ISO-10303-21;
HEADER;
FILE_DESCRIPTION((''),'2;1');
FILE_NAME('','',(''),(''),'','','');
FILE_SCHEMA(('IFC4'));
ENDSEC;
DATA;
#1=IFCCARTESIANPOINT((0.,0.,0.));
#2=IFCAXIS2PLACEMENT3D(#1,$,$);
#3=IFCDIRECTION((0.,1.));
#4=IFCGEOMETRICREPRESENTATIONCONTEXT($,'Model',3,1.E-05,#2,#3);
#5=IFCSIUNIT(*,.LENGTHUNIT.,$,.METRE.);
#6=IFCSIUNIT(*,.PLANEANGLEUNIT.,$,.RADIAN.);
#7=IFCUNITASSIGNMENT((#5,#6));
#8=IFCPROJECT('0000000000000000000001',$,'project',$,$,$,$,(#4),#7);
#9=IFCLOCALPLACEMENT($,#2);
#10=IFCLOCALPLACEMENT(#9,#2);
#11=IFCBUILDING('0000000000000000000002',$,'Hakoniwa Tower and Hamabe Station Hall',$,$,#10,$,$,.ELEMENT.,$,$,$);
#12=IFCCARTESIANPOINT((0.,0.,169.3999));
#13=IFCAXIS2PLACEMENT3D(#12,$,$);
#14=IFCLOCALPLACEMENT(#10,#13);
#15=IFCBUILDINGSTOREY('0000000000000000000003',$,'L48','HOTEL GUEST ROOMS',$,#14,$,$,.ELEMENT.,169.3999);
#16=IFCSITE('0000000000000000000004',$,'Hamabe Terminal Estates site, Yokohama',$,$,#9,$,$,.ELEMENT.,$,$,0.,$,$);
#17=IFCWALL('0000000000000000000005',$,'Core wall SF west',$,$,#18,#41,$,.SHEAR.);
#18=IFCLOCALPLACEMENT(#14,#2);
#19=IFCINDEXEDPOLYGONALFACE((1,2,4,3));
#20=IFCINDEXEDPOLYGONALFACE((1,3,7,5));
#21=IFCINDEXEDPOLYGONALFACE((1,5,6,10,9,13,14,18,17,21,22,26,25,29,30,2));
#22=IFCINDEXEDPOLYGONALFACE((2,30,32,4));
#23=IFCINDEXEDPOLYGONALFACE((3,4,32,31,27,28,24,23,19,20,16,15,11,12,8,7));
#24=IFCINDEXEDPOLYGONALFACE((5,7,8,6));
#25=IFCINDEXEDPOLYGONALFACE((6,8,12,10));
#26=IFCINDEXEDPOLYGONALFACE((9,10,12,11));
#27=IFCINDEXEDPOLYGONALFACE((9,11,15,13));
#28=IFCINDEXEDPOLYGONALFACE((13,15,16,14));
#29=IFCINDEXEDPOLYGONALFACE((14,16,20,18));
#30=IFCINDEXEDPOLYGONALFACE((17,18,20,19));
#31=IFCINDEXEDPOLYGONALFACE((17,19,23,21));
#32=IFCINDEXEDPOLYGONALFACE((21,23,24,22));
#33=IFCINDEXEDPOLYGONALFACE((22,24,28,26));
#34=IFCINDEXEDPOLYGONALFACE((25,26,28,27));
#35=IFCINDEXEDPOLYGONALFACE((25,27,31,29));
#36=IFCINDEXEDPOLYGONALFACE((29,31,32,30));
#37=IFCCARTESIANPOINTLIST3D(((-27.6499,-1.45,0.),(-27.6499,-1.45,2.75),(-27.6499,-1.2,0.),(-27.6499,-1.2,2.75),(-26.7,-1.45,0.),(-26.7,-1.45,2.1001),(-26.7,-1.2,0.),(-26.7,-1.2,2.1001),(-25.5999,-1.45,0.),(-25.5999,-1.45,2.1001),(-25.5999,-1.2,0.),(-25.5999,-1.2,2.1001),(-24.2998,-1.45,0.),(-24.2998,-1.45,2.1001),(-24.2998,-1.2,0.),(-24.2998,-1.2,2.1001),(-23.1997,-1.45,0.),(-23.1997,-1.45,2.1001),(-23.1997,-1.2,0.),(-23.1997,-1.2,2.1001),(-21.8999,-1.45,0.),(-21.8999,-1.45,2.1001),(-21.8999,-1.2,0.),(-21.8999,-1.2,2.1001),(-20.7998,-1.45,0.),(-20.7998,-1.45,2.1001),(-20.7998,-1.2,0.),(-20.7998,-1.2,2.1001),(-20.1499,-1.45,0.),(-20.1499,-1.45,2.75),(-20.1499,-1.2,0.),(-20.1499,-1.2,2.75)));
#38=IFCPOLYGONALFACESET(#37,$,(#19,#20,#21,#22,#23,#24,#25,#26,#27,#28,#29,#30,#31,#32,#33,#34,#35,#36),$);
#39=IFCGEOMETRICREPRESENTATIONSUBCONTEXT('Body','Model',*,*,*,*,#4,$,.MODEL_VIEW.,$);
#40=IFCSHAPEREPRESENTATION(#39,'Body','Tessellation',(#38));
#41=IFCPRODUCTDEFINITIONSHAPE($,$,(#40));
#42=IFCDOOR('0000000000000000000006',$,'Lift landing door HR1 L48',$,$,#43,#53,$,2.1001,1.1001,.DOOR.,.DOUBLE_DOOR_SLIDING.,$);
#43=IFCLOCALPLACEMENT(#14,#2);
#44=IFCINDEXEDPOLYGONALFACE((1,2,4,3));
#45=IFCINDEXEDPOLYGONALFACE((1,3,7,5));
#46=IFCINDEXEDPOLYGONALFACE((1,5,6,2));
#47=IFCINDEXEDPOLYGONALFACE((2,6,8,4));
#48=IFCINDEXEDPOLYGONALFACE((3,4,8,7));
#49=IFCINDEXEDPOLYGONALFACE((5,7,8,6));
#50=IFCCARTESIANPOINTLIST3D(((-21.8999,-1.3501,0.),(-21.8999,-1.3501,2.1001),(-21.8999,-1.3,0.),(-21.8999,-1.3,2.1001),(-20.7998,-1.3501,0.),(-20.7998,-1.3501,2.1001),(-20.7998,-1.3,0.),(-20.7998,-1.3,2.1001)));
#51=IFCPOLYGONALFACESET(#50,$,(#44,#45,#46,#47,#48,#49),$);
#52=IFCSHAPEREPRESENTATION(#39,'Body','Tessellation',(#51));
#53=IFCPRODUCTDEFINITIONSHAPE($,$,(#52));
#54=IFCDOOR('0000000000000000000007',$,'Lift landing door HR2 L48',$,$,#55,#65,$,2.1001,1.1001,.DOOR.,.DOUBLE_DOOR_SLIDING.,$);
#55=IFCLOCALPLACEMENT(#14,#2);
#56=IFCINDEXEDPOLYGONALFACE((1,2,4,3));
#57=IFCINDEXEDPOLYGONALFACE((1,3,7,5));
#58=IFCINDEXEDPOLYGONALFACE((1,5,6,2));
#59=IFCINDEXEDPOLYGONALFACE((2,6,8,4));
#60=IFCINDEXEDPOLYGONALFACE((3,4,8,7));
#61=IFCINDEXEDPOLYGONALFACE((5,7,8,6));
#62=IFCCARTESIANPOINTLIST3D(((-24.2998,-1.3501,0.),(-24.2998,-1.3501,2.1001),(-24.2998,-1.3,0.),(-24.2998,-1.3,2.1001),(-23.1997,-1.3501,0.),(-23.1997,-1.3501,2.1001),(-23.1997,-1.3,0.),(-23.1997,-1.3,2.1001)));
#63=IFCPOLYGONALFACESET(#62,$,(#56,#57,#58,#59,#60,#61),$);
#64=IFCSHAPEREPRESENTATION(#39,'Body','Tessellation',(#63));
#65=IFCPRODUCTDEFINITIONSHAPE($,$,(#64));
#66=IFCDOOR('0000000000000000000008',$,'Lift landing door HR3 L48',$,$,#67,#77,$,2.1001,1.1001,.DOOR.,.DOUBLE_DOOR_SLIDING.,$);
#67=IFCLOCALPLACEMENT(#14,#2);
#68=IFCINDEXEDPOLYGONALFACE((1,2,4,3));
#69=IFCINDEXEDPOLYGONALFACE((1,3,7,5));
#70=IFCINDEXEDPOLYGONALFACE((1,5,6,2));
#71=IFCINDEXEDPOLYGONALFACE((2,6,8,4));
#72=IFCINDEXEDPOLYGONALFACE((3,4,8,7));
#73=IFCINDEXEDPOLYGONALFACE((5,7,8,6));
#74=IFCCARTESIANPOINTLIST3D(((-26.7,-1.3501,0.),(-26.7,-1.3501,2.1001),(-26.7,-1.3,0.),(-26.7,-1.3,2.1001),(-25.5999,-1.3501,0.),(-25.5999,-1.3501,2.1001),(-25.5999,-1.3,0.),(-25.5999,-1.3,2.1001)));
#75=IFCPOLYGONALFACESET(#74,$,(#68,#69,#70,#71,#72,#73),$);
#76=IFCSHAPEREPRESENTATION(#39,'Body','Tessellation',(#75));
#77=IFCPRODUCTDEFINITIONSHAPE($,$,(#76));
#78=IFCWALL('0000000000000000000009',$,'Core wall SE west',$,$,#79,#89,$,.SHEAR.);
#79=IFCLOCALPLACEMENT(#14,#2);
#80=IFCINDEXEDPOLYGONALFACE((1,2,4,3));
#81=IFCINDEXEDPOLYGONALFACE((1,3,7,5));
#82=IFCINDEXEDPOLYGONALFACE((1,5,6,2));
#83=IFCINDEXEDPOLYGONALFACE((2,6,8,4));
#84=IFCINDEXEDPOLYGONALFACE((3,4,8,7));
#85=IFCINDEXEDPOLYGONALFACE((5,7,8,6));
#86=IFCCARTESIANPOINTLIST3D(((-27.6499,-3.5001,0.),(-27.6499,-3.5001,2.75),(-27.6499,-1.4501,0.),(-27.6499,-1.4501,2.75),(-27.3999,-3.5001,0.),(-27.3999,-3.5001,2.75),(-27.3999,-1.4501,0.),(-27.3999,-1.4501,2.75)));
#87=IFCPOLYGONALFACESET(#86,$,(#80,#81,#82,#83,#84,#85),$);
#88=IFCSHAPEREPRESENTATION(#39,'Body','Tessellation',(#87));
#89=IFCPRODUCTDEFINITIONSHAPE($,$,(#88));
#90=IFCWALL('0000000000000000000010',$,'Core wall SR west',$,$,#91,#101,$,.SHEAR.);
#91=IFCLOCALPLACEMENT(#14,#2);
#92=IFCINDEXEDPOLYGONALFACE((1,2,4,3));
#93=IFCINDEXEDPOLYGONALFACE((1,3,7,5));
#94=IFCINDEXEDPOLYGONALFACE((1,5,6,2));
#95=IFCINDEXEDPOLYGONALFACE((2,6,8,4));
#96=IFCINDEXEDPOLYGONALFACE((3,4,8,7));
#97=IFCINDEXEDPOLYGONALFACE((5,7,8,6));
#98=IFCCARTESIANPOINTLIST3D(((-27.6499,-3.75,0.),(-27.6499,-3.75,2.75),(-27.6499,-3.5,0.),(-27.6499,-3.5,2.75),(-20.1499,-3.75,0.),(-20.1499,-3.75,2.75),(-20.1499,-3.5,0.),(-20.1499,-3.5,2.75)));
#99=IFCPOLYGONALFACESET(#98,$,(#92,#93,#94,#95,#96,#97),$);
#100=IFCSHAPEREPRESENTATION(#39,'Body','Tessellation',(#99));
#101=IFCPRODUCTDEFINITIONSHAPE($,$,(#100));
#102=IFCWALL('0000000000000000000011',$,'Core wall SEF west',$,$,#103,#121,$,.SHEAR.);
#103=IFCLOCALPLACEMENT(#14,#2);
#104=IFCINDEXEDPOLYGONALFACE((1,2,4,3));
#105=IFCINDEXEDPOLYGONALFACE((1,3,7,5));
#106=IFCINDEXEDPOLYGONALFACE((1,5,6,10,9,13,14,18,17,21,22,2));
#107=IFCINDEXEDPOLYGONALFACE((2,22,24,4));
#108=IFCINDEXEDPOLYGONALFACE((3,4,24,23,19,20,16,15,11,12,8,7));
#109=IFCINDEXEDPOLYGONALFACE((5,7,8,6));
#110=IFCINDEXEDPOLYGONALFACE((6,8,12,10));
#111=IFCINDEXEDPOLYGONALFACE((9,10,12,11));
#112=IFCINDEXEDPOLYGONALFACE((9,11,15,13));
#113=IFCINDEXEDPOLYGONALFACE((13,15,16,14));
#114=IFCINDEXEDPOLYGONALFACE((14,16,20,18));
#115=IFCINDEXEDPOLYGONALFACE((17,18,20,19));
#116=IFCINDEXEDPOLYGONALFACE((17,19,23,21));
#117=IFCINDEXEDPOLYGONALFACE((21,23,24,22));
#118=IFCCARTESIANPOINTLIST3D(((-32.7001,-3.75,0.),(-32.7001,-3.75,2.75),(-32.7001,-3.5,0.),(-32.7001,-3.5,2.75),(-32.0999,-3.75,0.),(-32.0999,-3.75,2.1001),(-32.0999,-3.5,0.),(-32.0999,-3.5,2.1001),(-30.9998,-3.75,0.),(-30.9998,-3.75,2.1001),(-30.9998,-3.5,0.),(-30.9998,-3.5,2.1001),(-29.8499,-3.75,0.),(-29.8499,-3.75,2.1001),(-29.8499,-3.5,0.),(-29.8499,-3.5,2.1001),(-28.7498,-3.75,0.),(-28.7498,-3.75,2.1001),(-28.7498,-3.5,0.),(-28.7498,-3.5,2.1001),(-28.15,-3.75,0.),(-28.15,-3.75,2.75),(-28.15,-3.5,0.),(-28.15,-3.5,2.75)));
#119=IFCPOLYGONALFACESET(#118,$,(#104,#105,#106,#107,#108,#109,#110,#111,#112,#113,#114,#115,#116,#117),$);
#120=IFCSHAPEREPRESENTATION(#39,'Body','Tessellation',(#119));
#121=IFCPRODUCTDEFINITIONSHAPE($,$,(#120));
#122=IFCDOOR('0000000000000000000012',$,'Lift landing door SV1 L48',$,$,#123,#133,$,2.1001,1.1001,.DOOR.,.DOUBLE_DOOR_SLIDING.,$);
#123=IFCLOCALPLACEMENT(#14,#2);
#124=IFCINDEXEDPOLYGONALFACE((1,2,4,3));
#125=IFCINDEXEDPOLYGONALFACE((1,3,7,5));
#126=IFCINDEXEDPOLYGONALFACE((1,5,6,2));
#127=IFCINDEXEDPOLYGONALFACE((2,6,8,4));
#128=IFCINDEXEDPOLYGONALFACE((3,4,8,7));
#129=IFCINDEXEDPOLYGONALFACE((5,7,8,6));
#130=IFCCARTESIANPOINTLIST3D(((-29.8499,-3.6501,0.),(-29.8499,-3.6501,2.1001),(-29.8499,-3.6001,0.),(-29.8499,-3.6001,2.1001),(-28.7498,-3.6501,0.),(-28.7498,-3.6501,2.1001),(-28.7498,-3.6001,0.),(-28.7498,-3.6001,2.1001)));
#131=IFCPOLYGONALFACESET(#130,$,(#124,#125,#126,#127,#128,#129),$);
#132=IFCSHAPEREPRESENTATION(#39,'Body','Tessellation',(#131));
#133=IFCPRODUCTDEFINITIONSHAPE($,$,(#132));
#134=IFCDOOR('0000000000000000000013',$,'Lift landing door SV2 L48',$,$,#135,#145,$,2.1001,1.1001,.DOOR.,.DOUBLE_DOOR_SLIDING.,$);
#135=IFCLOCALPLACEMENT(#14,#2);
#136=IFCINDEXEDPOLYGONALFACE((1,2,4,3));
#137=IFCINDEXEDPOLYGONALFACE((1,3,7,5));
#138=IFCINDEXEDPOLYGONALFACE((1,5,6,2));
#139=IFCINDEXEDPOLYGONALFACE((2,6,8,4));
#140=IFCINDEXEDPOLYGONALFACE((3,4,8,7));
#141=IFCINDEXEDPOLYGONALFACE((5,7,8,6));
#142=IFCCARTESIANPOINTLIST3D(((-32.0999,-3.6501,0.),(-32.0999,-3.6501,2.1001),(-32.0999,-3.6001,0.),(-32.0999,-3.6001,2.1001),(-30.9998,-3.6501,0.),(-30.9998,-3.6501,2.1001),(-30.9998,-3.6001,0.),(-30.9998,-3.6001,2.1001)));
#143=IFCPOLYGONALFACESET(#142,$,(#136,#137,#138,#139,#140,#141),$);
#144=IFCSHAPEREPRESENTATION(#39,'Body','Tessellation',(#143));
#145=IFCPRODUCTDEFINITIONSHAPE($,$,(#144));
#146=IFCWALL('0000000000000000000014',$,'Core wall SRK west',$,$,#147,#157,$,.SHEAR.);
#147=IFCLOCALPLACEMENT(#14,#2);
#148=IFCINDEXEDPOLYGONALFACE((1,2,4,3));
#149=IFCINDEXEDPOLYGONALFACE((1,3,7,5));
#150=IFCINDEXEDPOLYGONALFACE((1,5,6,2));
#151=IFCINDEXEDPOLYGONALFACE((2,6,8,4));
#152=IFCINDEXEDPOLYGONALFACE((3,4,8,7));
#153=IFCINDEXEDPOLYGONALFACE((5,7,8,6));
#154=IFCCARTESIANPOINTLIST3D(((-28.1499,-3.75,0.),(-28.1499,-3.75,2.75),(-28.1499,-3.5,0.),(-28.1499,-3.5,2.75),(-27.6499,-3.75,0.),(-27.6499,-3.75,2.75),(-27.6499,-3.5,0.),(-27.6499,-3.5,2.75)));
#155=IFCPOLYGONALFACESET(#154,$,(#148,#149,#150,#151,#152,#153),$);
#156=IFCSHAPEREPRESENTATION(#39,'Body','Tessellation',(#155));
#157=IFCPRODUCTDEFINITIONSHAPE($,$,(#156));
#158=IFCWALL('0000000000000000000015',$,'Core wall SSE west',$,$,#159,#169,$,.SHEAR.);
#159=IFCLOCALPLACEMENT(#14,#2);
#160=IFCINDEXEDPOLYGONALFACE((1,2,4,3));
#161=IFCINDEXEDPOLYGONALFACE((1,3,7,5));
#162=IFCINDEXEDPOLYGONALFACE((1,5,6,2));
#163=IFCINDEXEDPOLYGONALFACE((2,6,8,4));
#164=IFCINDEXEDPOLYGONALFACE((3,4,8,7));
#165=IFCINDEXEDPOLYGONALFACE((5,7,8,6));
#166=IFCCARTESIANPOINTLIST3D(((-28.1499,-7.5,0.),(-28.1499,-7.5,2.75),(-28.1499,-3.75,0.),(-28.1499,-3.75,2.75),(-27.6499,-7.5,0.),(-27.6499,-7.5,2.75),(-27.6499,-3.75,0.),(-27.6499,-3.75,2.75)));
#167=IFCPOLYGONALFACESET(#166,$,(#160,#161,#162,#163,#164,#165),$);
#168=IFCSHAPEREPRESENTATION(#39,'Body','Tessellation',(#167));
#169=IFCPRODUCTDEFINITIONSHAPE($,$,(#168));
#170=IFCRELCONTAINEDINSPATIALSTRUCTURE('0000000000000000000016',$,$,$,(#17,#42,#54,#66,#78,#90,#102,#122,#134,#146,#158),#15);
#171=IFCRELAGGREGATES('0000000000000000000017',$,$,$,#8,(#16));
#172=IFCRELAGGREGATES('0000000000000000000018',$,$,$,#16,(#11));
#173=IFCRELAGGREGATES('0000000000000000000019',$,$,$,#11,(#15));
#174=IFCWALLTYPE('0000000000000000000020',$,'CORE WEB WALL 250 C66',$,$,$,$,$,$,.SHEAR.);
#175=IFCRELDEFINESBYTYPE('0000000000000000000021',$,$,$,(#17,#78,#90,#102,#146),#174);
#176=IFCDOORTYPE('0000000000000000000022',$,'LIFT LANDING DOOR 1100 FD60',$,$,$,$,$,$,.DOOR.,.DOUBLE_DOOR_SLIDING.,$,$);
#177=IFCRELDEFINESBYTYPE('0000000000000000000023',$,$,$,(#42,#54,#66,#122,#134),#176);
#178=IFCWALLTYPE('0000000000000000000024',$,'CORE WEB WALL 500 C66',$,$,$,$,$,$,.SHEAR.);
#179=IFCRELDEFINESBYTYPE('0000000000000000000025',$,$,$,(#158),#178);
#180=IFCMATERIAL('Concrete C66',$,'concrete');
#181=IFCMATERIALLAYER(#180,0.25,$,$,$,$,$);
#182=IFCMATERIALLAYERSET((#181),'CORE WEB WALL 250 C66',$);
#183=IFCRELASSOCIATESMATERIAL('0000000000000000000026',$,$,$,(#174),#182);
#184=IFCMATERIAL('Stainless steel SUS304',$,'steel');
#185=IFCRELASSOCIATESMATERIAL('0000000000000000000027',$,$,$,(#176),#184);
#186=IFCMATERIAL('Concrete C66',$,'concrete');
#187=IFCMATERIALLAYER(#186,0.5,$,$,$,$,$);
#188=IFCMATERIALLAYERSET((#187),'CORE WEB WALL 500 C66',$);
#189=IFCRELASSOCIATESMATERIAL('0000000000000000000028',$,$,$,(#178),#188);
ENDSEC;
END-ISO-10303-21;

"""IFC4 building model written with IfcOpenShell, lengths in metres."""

from ifc_helpers import new_model, si_unit, direction, frame, frame_2d, origin, place, context, subcontext, project, spatial, rectangle, extrude, material, layer, layer_set, type_object, element, fill, save


model = new_model("IFC4")

# Units and contexts
model_context = context("Model", 3, precision=1e-05, world=origin(), true_north=direction((0.0, 1.0)))
body_context = subcontext(model_context, "Body", "Model", "MODEL_VIEW")
ifc_project = project(units=[si_unit("LENGTHUNIT", "METRE"), si_unit("PLANEANGLEUNIT", "RADIAN")], contexts=[model_context])

# Site, building, storey
site_placement = place(None, origin())
site = spatial("IfcSite", under=ifc_project, at=site_placement, Name="Hamabe Terminal Estates site, Yokohama", CompositionType="ELEMENT", RefElevation=0.0)
building_placement = place(site_placement, origin())
building = spatial("IfcBuilding", under=site, at=building_placement, Name="Hakoniwa Tower and Hamabe Station Hall", CompositionType="ELEMENT")
storey_placement = place(building_placement, frame((0.0, 0.0, 169.3999)))
storey = spatial("IfcBuildingStorey", under=building, at=storey_placement, Name="L48", Description="HOTEL GUEST ROOMS", CompositionType="ELEMENT", Elevation=169.3999)

# Wall, openings, doors
ifc_material_1 = material(Name="Concrete C66", Category="concrete")
ifc_layer_1 = layer(ifc_material_1, 0.25)
ifc_layer_set_1 = layer_set([ifc_layer_1], Name="CORE WEB WALL 250 C66")
wall_type_1 = type_object("IfcWallType", Name="CORE WEB WALL 250 C66", PredefinedType="SHEAR", material=ifc_layer_set_1)
wall_1_placement = place(storey_placement, frame((-27.6499, -1.325, 0.0), z_axis=(0.0, 0.0, 1.0), x_axis=(1.0, 0.0, 0.0)))
wall_1 = element("IfcWall", 1, at=wall_1_placement, inside=storey, type_object=wall_type_1, Name="Core wall SF west", PredefinedType="SHEAR", context=body_context, shape_type="SweptSolid", body=[
    extrude(rectangle(XDim=7.5, YDim=0.25, at=frame_2d((3.75, 0.0))), origin(), (0.0, 0.0, 1.0), 2.75),
])
opening_1_placement = place(wall_1_placement, frame((5.75, 0.0, 0.0)))
opening_1 = element("IfcOpeningElement", 2, at=opening_1_placement, cuts=wall_1, PredefinedType="OPENING", context=body_context, shape_type="SweptSolid", body=[
    extrude(rectangle(XDim=1.1001, YDim=2.1001, at=frame_2d((0.55, 1.05))), frame((0.0, 0.135, 0.0), z_axis=(0.0, -1.0, 0.0), x_axis=(1.0, 0.0, 0.0)), (0.0, 0.0, 1.0), 0.27),
])
opening_2_placement = place(wall_1_placement, frame((3.3501, 0.0, 0.0)))
opening_2 = element("IfcOpeningElement", 3, at=opening_2_placement, cuts=wall_1, PredefinedType="OPENING", context=body_context, shape_type="SweptSolid", body=[
    extrude(rectangle(XDim=1.1001, YDim=2.1001, at=frame_2d((0.55, 1.05))), frame((0.0, 0.135, 0.0), z_axis=(0.0, -1.0, 0.0), x_axis=(1.0, 0.0, 0.0)), (0.0, 0.0, 1.0), 0.27),
])
opening_3_placement = place(wall_1_placement, frame((0.95, 0.0, 0.0)))
opening_3 = element("IfcOpeningElement", 4, at=opening_3_placement, cuts=wall_1, PredefinedType="OPENING", context=body_context, shape_type="SweptSolid", body=[
    extrude(rectangle(XDim=1.1001, YDim=2.1001, at=frame_2d((0.55, 1.05))), frame((0.0, 0.135, 0.0), z_axis=(0.0, -1.0, 0.0), x_axis=(1.0, 0.0, 0.0)), (0.0, 0.0, 1.0), 0.27),
])
ifc_material_2 = material(Name="Stainless steel SUS304", Category="steel")
door_type_1 = type_object("IfcDoorType", Name="LIFT LANDING DOOR 1100 FD60", OperationType="DOUBLE_DOOR_SLIDING", PredefinedType="DOOR", material=ifc_material_2)
door_1_placement = place(opening_1_placement, origin())
door_1 = element("IfcDoor", 5, at=door_1_placement, inside=storey, type_object=door_type_1, Name="Lift landing door HR1 L48", OperationType="DOUBLE_DOOR_SLIDING", OverallHeight=2.1001, OverallWidth=1.1001, PredefinedType="DOOR", context=body_context, shape_type="SweptSolid", body=[
    extrude(rectangle(XDim=1.1001, YDim=2.1001, at=frame_2d((0.55, 1.05))), frame((0.0, 0.0249, 0.0), z_axis=(0.0, -1.0, 0.0), x_axis=(1.0, 0.0, 0.0)), (0.0, 0.0, 1.0), 0.05),
])
fill(opening_1, door_1)
door_2_placement = place(opening_2_placement, origin())
door_2 = element("IfcDoor", 6, at=door_2_placement, inside=storey, type_object=door_type_1, Name="Lift landing door HR2 L48", OperationType="DOUBLE_DOOR_SLIDING", OverallHeight=2.1001, OverallWidth=1.1001, PredefinedType="DOOR", context=body_context, shape_type="SweptSolid", body=[
    extrude(rectangle(XDim=1.1001, YDim=2.1001, at=frame_2d((0.55, 1.05))), frame((0.0, 0.0249, 0.0), z_axis=(0.0, -1.0, 0.0), x_axis=(1.0, 0.0, 0.0)), (0.0, 0.0, 1.0), 0.05),
])
fill(opening_2, door_2)
door_3_placement = place(opening_3_placement, origin())
door_3 = element("IfcDoor", 7, at=door_3_placement, inside=storey, type_object=door_type_1, Name="Lift landing door HR3 L48", OperationType="DOUBLE_DOOR_SLIDING", OverallHeight=2.1001, OverallWidth=1.1001, PredefinedType="DOOR", context=body_context, shape_type="SweptSolid", body=[
    extrude(rectangle(XDim=1.1001, YDim=2.1001, at=frame_2d((0.55, 1.05))), frame((0.0, 0.0249, 0.0), z_axis=(0.0, -1.0, 0.0), x_axis=(1.0, 0.0, 0.0)), (0.0, 0.0, 1.0), 0.05),
])
fill(opening_3, door_3)

# Walls
wall_2_placement = place(storey_placement, frame((-27.5249, -3.5, 0.0), z_axis=(0.0, 0.0, 1.0), x_axis=(0.0, 1.0, 0.0)))
element("IfcWall", 8, at=wall_2_placement, inside=storey, type_object=wall_type_1, Name="Core wall SE west", PredefinedType="SHEAR", context=body_context, shape_type="SweptSolid", body=[
    extrude(rectangle(XDim=2.05, YDim=0.25, at=frame_2d((1.0249, 0.0))), origin(), (0.0, 0.0, 1.0), 2.75),
])
wall_3_placement = place(storey_placement, frame((-27.6499, -3.625, 0.0), z_axis=(0.0, 0.0, 1.0), x_axis=(1.0, 0.0, 0.0)))
element("IfcWall", 9, at=wall_3_placement, inside=storey, type_object=wall_type_1, Name="Core wall SR west", PredefinedType="SHEAR", context=body_context, shape_type="SweptSolid", body=[
    extrude(rectangle(XDim=7.5, YDim=0.25, at=frame_2d((3.75, 0.0))), origin(), (0.0, 0.0, 1.0), 2.75),
])

# Wall, openings, doors
wall_4_placement = place(storey_placement, frame((-32.7, -3.625, 0.0), z_axis=(0.0, 0.0, 1.0), x_axis=(1.0, 0.0, 0.0)))
wall_4 = element("IfcWall", 10, at=wall_4_placement, inside=storey, type_object=wall_type_1, Name="Core wall SEF west", PredefinedType="SHEAR", context=body_context, shape_type="SweptSolid", body=[
    extrude(rectangle(XDim=4.55, YDim=0.25, at=frame_2d((2.2749, 0.0))), origin(), (0.0, 0.0, 1.0), 2.75),
])
opening_4_placement = place(wall_4_placement, frame((2.8501, 0.0, 0.0)))
opening_4 = element("IfcOpeningElement", 11, at=opening_4_placement, cuts=wall_4, PredefinedType="OPENING", context=body_context, shape_type="SweptSolid", body=[
    extrude(rectangle(XDim=1.1001, YDim=2.1001, at=frame_2d((0.55, 1.05))), frame((0.0, 0.135, 0.0), z_axis=(0.0, -1.0, 0.0), x_axis=(1.0, 0.0, 0.0)), (0.0, 0.0, 1.0), 0.27),
])
opening_5_placement = place(wall_4_placement, frame((0.6001, 0.0, 0.0)))
opening_5 = element("IfcOpeningElement", 12, at=opening_5_placement, cuts=wall_4, PredefinedType="OPENING", context=body_context, shape_type="SweptSolid", body=[
    extrude(rectangle(XDim=1.1001, YDim=2.1001, at=frame_2d((0.55, 1.05))), frame((0.0, 0.135, 0.0), z_axis=(0.0, -1.0, 0.0), x_axis=(1.0, 0.0, 0.0)), (0.0, 0.0, 1.0), 0.27),
])
door_4_placement = place(opening_4_placement, origin())
door_4 = element("IfcDoor", 13, at=door_4_placement, inside=storey, type_object=door_type_1, Name="Lift landing door SV1 L48", OperationType="DOUBLE_DOOR_SLIDING", OverallHeight=2.1001, OverallWidth=1.1001, PredefinedType="DOOR", context=body_context, shape_type="SweptSolid", body=[
    extrude(rectangle(XDim=1.1001, YDim=2.1001, at=frame_2d((0.55, 1.05))), frame((0.0, 0.0249, 0.0), z_axis=(0.0, -1.0, 0.0), x_axis=(1.0, 0.0, 0.0)), (0.0, 0.0, 1.0), 0.05),
])
fill(opening_4, door_4)
door_5_placement = place(opening_5_placement, origin())
door_5 = element("IfcDoor", 14, at=door_5_placement, inside=storey, type_object=door_type_1, Name="Lift landing door SV2 L48", OperationType="DOUBLE_DOOR_SLIDING", OverallHeight=2.1001, OverallWidth=1.1001, PredefinedType="DOOR", context=body_context, shape_type="SweptSolid", body=[
    extrude(rectangle(XDim=1.1001, YDim=2.1001, at=frame_2d((0.55, 1.05))), frame((0.0, 0.0249, 0.0), z_axis=(0.0, -1.0, 0.0), x_axis=(1.0, 0.0, 0.0)), (0.0, 0.0, 1.0), 0.05),
])
fill(opening_5, door_5)

# Walls
wall_5_placement = place(storey_placement, frame((-28.1499, -3.625, 0.0), z_axis=(0.0, 0.0, 1.0), x_axis=(1.0, 0.0, 0.0)))
element("IfcWall", 15, at=wall_5_placement, inside=storey, type_object=wall_type_1, Name="Core wall SRK west", PredefinedType="SHEAR", context=body_context, shape_type="SweptSolid", body=[
    extrude(rectangle(XDim=0.5, YDim=0.25, at=frame_2d((0.25, 0.0))), origin(), (0.0, 0.0, 1.0), 2.75),
])
ifc_material_3 = material(Name="Concrete C66", Category="concrete")
ifc_layer_2 = layer(ifc_material_3, 0.5)
ifc_layer_set_2 = layer_set([ifc_layer_2], Name="CORE WEB WALL 500 C66")
wall_type_2 = type_object("IfcWallType", Name="CORE WEB WALL 500 C66", PredefinedType="SHEAR", material=ifc_layer_set_2)
wall_6_placement = place(storey_placement, frame((-27.8999, -7.5, 0.0), z_axis=(0.0, 0.0, 1.0), x_axis=(0.0, 1.0, 0.0)))
element("IfcWall", 16, at=wall_6_placement, inside=storey, type_object=wall_type_2, Name="Core wall SSE west", PredefinedType="SHEAR", context=body_context, shape_type="SweptSolid", body=[
    extrude(rectangle(XDim=3.75, YDim=0.5, at=frame_2d((1.875, 0.0))), origin(), (0.0, 0.0, 1.0), 2.75),
])

save(model, "model.ifc")
